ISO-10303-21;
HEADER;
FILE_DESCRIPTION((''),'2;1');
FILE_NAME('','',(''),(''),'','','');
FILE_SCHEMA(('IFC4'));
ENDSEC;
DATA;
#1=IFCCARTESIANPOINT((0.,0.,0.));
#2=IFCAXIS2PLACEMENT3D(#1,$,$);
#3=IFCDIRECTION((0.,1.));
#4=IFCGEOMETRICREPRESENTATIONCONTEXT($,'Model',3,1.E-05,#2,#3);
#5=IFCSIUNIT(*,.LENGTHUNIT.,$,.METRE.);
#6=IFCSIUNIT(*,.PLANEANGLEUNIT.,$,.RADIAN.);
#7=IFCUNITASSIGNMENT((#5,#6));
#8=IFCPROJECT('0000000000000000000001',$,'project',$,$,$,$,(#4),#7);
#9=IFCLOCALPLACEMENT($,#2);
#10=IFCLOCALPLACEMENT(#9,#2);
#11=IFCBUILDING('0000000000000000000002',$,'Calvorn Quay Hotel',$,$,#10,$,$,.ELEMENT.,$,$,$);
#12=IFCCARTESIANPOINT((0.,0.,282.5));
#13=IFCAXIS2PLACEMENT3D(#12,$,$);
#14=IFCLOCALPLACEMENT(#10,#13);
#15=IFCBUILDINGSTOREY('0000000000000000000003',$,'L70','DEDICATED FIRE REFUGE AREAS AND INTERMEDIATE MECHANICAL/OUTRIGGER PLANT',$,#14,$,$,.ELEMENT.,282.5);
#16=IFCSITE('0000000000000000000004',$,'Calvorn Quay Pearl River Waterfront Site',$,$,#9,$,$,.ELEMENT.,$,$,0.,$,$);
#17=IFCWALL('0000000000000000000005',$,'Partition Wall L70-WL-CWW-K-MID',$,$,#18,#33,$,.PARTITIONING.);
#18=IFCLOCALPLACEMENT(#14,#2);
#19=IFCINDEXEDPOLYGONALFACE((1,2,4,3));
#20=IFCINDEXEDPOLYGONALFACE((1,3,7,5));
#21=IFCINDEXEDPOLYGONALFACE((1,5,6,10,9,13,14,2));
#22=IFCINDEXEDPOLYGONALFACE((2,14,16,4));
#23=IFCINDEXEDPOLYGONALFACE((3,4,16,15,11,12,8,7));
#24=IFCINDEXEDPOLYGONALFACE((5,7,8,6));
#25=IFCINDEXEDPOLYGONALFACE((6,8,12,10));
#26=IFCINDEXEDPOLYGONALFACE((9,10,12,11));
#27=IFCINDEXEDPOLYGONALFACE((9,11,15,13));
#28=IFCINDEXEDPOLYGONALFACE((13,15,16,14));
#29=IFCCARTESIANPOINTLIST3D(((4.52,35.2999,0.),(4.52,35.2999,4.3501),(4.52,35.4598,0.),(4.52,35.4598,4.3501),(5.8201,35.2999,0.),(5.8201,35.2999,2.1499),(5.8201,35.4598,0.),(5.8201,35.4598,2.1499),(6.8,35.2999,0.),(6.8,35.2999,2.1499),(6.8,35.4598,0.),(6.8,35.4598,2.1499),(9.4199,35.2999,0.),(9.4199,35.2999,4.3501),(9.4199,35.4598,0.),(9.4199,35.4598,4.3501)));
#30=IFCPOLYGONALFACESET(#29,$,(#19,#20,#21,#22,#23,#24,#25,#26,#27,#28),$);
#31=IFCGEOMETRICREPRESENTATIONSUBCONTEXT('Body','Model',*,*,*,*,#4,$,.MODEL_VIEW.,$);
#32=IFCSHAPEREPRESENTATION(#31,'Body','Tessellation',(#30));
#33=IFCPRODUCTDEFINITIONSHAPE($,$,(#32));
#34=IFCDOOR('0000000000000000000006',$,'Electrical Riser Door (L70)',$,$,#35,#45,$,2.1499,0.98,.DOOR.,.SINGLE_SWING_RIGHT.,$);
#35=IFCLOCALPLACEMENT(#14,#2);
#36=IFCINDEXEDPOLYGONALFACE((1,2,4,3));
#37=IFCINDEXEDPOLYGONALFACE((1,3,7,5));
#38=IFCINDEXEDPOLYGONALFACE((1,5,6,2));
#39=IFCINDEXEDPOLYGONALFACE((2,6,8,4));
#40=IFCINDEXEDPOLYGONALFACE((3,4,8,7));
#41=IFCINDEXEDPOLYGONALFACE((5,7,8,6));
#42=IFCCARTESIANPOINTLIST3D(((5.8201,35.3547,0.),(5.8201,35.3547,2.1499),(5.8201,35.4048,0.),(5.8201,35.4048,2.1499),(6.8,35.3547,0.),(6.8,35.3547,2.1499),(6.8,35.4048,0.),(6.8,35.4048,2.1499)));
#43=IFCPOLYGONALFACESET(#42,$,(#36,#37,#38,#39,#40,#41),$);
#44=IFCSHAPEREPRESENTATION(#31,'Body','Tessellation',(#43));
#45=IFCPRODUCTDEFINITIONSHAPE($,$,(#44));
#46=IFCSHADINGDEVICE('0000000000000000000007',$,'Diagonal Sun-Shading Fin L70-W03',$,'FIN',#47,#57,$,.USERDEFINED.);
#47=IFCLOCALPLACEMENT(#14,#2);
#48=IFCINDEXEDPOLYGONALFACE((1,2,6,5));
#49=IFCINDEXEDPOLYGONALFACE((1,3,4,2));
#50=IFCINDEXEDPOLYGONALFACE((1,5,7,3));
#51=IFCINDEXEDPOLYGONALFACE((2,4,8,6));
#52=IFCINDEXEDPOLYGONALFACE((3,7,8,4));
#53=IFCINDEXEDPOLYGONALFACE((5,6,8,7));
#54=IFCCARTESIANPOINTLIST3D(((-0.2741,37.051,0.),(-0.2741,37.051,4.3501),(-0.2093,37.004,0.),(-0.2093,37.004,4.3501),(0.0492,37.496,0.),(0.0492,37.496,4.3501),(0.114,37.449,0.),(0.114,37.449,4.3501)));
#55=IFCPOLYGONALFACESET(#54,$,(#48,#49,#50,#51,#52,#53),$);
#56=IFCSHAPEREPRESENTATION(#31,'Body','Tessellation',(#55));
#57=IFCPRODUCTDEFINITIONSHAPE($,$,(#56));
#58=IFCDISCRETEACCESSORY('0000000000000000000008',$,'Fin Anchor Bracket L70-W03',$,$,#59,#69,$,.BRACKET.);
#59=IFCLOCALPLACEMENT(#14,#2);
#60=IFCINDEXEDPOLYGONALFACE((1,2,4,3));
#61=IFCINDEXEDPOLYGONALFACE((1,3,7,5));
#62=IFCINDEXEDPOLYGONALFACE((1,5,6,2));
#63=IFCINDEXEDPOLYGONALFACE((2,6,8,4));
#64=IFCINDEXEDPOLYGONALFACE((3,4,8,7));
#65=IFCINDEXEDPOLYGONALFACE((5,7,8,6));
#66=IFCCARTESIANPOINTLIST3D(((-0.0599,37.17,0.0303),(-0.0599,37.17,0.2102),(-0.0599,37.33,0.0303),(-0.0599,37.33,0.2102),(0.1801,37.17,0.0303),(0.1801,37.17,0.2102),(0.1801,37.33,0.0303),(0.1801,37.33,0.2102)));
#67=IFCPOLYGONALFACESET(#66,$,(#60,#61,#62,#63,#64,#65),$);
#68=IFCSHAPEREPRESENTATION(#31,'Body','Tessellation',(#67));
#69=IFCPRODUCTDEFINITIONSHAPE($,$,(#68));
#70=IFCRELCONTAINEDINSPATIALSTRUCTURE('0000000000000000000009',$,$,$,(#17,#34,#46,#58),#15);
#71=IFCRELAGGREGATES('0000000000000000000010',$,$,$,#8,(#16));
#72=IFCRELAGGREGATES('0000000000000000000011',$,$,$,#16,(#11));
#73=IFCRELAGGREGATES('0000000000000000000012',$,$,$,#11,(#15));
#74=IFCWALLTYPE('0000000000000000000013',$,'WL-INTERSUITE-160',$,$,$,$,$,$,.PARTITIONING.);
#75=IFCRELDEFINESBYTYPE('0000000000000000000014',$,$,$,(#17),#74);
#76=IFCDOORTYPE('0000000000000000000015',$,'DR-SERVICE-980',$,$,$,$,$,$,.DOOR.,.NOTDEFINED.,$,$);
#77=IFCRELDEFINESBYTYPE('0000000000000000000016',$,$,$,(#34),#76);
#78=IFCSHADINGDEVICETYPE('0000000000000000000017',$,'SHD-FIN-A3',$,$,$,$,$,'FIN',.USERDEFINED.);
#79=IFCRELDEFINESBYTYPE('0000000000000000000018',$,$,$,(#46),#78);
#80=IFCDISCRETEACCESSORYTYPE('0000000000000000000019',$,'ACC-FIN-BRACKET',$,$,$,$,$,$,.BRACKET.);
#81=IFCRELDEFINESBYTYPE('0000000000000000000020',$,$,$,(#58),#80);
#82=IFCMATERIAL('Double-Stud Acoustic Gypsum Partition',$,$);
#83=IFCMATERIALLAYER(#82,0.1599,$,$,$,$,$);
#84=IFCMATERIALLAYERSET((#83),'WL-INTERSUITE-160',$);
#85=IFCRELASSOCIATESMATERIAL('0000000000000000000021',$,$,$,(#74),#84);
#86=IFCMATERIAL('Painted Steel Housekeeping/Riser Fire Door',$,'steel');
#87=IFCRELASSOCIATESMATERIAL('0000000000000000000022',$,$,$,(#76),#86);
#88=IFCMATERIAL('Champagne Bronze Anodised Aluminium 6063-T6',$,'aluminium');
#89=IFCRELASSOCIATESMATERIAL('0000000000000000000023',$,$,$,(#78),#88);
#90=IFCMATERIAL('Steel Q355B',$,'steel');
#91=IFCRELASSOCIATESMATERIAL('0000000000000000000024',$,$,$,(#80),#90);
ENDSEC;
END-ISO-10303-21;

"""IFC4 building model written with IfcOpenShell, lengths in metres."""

from ifc_helpers import new_model, si_unit, direction, frame, frame_2d, origin, origin_2d, place, context, subcontext, project, spatial, rectangle, extrude, material, layer, layer_set, type_object, element, fill, save


model = new_model("IFC4")

# Units and contexts
model_context = context("Model", 3, precision=1e-05, world=origin(), true_north=direction((0.0, 1.0)))
body_context = subcontext(model_context, "Body", "Model", "MODEL_VIEW")
ifc_project = project(units=[si_unit("LENGTHUNIT", "METRE"), si_unit("PLANEANGLEUNIT", "RADIAN")], contexts=[model_context])

# Site, building, storey
site_placement = place(None, origin())
site = spatial("IfcSite", under=ifc_project, at=site_placement, Name="Calvorn Quay Pearl River Waterfront Site", CompositionType="ELEMENT", RefElevation=0.0)
building_placement = place(site_placement, origin())
building = spatial("IfcBuilding", under=site, at=building_placement, Name="Calvorn Quay Hotel", CompositionType="ELEMENT")
storey_placement = place(building_placement, frame((0.0, 0.0, 282.5)))
storey = spatial("IfcBuildingStorey", under=building, at=storey_placement, Name="L70", Description="DEDICATED FIRE REFUGE AREAS AND INTERMEDIATE MECHANICAL/OUTRIGGER PLANT", CompositionType="ELEMENT", Elevation=282.5)

# Wall, opening, door
ifc_material_1 = material(Name="Double-Stud Acoustic Gypsum Partition")
ifc_layer_1 = layer(ifc_material_1, 0.1599)
ifc_layer_set_1 = layer_set([ifc_layer_1], Name="WL-INTERSUITE-160")
wall_type = type_object("IfcWallType", Name="WL-INTERSUITE-160", PredefinedType="PARTITIONING", material=ifc_layer_set_1)
wall_placement = place(storey_placement, frame((4.52, 35.3799, 0.0), z_axis=(0.0, 0.0, 1.0), x_axis=(1.0, 0.0, 0.0)))
wall = element("IfcWall", 1, at=wall_placement, inside=storey, type_object=wall_type, Name="Partition Wall L70-WL-CWW-K-MID", PredefinedType="PARTITIONING", context=body_context, shape_type="SweptSolid", body=[
    extrude(rectangle(XDim=4.8999, YDim=0.1599, at=frame_2d((2.45, 0.0))), origin(), (0.0, 0.0, 1.0), 4.3501),
])
opening_placement = place(wall_placement, frame((1.3, 0.0, 0.0)))
opening = element("IfcOpeningElement", 2, at=opening_placement, cuts=wall, PredefinedType="OPENING", context=body_context, shape_type="SweptSolid", body=[
    extrude(rectangle(XDim=0.98, YDim=2.1499, at=frame_2d((0.49, 1.075))), frame((0.0, 0.0898, 0.0), z_axis=(0.0, -1.0, 0.0), x_axis=(1.0, 0.0, 0.0)), (0.0, 0.0, 1.0), 0.1799),
])
ifc_material_2 = material(Name="Painted Steel Housekeeping/Riser Fire Door", Category="steel")
door_type = type_object("IfcDoorType", Name="DR-SERVICE-980", OperationType="NOTDEFINED", PredefinedType="DOOR", material=ifc_material_2)
door_placement = place(opening_placement, origin())
door = element("IfcDoor", 3, at=door_placement, inside=storey, type_object=door_type, Name="Electrical Riser Door (L70)", OperationType="SINGLE_SWING_RIGHT", OverallHeight=2.1499, OverallWidth=0.98, PredefinedType="DOOR", context=body_context, shape_type="SweptSolid", body=[
    extrude(rectangle(XDim=0.98, YDim=2.1499, at=frame_2d((0.49, 1.075))), frame((0.0, 0.0249, 0.0), z_axis=(0.0, -1.0, 0.0), x_axis=(1.0, 0.0, 0.0)), (0.0, 0.0, 1.0), 0.05),
])
fill(opening, door)

# Shading device
ifc_material_3 = material(Name="Champagne Bronze Anodised Aluminium 6063-T6", Category="aluminium")
shading_device_type = type_object("IfcShadingDeviceType", Name="SHD-FIN-A3", ElementType="FIN", PredefinedType="USERDEFINED", material=ifc_material_3)
shading_device_placement = place(storey_placement, frame((-0.0801, 37.25, 0.0), z_axis=(0.0, 0.0, 1.0), x_axis=(0.587785, 0.809017, 0.0)))
element("IfcShadingDevice", 4, at=shading_device_placement, inside=storey, type_object=shading_device_type, Name="Diagonal Sun-Shading Fin L70-W03", ObjectType="FIN", PredefinedType="USERDEFINED", context=body_context, shape_type="SweptSolid", body=[
    extrude(rectangle(XDim=0.55, YDim=0.0801, at=origin_2d()), origin(), (0.0, 0.0, 1.0), 4.3501),
])

# Discrete accessory
ifc_material_4 = material(Name="Steel Q355B", Category="steel")
discrete_accessory_type = type_object("IfcDiscreteAccessoryType", Name="ACC-FIN-BRACKET", PredefinedType="BRACKET", material=ifc_material_4)
discrete_accessory_placement = place(storey_placement, frame((0.0601, 37.25, 0.0303), z_axis=(0.0, 0.0, 1.0), x_axis=(1.0, 0.0, 0.0)))
element("IfcDiscreteAccessory", 5, at=discrete_accessory_placement, inside=storey, type_object=discrete_accessory_type, Name="Fin Anchor Bracket L70-W03", PredefinedType="BRACKET", context=body_context, shape_type="SweptSolid", body=[
    extrude(rectangle(XDim=0.24, YDim=0.1599, at=origin_2d()), origin(), (0.0, 0.0, 1.0), 0.1799),
])

save(model, "model.ifc")
